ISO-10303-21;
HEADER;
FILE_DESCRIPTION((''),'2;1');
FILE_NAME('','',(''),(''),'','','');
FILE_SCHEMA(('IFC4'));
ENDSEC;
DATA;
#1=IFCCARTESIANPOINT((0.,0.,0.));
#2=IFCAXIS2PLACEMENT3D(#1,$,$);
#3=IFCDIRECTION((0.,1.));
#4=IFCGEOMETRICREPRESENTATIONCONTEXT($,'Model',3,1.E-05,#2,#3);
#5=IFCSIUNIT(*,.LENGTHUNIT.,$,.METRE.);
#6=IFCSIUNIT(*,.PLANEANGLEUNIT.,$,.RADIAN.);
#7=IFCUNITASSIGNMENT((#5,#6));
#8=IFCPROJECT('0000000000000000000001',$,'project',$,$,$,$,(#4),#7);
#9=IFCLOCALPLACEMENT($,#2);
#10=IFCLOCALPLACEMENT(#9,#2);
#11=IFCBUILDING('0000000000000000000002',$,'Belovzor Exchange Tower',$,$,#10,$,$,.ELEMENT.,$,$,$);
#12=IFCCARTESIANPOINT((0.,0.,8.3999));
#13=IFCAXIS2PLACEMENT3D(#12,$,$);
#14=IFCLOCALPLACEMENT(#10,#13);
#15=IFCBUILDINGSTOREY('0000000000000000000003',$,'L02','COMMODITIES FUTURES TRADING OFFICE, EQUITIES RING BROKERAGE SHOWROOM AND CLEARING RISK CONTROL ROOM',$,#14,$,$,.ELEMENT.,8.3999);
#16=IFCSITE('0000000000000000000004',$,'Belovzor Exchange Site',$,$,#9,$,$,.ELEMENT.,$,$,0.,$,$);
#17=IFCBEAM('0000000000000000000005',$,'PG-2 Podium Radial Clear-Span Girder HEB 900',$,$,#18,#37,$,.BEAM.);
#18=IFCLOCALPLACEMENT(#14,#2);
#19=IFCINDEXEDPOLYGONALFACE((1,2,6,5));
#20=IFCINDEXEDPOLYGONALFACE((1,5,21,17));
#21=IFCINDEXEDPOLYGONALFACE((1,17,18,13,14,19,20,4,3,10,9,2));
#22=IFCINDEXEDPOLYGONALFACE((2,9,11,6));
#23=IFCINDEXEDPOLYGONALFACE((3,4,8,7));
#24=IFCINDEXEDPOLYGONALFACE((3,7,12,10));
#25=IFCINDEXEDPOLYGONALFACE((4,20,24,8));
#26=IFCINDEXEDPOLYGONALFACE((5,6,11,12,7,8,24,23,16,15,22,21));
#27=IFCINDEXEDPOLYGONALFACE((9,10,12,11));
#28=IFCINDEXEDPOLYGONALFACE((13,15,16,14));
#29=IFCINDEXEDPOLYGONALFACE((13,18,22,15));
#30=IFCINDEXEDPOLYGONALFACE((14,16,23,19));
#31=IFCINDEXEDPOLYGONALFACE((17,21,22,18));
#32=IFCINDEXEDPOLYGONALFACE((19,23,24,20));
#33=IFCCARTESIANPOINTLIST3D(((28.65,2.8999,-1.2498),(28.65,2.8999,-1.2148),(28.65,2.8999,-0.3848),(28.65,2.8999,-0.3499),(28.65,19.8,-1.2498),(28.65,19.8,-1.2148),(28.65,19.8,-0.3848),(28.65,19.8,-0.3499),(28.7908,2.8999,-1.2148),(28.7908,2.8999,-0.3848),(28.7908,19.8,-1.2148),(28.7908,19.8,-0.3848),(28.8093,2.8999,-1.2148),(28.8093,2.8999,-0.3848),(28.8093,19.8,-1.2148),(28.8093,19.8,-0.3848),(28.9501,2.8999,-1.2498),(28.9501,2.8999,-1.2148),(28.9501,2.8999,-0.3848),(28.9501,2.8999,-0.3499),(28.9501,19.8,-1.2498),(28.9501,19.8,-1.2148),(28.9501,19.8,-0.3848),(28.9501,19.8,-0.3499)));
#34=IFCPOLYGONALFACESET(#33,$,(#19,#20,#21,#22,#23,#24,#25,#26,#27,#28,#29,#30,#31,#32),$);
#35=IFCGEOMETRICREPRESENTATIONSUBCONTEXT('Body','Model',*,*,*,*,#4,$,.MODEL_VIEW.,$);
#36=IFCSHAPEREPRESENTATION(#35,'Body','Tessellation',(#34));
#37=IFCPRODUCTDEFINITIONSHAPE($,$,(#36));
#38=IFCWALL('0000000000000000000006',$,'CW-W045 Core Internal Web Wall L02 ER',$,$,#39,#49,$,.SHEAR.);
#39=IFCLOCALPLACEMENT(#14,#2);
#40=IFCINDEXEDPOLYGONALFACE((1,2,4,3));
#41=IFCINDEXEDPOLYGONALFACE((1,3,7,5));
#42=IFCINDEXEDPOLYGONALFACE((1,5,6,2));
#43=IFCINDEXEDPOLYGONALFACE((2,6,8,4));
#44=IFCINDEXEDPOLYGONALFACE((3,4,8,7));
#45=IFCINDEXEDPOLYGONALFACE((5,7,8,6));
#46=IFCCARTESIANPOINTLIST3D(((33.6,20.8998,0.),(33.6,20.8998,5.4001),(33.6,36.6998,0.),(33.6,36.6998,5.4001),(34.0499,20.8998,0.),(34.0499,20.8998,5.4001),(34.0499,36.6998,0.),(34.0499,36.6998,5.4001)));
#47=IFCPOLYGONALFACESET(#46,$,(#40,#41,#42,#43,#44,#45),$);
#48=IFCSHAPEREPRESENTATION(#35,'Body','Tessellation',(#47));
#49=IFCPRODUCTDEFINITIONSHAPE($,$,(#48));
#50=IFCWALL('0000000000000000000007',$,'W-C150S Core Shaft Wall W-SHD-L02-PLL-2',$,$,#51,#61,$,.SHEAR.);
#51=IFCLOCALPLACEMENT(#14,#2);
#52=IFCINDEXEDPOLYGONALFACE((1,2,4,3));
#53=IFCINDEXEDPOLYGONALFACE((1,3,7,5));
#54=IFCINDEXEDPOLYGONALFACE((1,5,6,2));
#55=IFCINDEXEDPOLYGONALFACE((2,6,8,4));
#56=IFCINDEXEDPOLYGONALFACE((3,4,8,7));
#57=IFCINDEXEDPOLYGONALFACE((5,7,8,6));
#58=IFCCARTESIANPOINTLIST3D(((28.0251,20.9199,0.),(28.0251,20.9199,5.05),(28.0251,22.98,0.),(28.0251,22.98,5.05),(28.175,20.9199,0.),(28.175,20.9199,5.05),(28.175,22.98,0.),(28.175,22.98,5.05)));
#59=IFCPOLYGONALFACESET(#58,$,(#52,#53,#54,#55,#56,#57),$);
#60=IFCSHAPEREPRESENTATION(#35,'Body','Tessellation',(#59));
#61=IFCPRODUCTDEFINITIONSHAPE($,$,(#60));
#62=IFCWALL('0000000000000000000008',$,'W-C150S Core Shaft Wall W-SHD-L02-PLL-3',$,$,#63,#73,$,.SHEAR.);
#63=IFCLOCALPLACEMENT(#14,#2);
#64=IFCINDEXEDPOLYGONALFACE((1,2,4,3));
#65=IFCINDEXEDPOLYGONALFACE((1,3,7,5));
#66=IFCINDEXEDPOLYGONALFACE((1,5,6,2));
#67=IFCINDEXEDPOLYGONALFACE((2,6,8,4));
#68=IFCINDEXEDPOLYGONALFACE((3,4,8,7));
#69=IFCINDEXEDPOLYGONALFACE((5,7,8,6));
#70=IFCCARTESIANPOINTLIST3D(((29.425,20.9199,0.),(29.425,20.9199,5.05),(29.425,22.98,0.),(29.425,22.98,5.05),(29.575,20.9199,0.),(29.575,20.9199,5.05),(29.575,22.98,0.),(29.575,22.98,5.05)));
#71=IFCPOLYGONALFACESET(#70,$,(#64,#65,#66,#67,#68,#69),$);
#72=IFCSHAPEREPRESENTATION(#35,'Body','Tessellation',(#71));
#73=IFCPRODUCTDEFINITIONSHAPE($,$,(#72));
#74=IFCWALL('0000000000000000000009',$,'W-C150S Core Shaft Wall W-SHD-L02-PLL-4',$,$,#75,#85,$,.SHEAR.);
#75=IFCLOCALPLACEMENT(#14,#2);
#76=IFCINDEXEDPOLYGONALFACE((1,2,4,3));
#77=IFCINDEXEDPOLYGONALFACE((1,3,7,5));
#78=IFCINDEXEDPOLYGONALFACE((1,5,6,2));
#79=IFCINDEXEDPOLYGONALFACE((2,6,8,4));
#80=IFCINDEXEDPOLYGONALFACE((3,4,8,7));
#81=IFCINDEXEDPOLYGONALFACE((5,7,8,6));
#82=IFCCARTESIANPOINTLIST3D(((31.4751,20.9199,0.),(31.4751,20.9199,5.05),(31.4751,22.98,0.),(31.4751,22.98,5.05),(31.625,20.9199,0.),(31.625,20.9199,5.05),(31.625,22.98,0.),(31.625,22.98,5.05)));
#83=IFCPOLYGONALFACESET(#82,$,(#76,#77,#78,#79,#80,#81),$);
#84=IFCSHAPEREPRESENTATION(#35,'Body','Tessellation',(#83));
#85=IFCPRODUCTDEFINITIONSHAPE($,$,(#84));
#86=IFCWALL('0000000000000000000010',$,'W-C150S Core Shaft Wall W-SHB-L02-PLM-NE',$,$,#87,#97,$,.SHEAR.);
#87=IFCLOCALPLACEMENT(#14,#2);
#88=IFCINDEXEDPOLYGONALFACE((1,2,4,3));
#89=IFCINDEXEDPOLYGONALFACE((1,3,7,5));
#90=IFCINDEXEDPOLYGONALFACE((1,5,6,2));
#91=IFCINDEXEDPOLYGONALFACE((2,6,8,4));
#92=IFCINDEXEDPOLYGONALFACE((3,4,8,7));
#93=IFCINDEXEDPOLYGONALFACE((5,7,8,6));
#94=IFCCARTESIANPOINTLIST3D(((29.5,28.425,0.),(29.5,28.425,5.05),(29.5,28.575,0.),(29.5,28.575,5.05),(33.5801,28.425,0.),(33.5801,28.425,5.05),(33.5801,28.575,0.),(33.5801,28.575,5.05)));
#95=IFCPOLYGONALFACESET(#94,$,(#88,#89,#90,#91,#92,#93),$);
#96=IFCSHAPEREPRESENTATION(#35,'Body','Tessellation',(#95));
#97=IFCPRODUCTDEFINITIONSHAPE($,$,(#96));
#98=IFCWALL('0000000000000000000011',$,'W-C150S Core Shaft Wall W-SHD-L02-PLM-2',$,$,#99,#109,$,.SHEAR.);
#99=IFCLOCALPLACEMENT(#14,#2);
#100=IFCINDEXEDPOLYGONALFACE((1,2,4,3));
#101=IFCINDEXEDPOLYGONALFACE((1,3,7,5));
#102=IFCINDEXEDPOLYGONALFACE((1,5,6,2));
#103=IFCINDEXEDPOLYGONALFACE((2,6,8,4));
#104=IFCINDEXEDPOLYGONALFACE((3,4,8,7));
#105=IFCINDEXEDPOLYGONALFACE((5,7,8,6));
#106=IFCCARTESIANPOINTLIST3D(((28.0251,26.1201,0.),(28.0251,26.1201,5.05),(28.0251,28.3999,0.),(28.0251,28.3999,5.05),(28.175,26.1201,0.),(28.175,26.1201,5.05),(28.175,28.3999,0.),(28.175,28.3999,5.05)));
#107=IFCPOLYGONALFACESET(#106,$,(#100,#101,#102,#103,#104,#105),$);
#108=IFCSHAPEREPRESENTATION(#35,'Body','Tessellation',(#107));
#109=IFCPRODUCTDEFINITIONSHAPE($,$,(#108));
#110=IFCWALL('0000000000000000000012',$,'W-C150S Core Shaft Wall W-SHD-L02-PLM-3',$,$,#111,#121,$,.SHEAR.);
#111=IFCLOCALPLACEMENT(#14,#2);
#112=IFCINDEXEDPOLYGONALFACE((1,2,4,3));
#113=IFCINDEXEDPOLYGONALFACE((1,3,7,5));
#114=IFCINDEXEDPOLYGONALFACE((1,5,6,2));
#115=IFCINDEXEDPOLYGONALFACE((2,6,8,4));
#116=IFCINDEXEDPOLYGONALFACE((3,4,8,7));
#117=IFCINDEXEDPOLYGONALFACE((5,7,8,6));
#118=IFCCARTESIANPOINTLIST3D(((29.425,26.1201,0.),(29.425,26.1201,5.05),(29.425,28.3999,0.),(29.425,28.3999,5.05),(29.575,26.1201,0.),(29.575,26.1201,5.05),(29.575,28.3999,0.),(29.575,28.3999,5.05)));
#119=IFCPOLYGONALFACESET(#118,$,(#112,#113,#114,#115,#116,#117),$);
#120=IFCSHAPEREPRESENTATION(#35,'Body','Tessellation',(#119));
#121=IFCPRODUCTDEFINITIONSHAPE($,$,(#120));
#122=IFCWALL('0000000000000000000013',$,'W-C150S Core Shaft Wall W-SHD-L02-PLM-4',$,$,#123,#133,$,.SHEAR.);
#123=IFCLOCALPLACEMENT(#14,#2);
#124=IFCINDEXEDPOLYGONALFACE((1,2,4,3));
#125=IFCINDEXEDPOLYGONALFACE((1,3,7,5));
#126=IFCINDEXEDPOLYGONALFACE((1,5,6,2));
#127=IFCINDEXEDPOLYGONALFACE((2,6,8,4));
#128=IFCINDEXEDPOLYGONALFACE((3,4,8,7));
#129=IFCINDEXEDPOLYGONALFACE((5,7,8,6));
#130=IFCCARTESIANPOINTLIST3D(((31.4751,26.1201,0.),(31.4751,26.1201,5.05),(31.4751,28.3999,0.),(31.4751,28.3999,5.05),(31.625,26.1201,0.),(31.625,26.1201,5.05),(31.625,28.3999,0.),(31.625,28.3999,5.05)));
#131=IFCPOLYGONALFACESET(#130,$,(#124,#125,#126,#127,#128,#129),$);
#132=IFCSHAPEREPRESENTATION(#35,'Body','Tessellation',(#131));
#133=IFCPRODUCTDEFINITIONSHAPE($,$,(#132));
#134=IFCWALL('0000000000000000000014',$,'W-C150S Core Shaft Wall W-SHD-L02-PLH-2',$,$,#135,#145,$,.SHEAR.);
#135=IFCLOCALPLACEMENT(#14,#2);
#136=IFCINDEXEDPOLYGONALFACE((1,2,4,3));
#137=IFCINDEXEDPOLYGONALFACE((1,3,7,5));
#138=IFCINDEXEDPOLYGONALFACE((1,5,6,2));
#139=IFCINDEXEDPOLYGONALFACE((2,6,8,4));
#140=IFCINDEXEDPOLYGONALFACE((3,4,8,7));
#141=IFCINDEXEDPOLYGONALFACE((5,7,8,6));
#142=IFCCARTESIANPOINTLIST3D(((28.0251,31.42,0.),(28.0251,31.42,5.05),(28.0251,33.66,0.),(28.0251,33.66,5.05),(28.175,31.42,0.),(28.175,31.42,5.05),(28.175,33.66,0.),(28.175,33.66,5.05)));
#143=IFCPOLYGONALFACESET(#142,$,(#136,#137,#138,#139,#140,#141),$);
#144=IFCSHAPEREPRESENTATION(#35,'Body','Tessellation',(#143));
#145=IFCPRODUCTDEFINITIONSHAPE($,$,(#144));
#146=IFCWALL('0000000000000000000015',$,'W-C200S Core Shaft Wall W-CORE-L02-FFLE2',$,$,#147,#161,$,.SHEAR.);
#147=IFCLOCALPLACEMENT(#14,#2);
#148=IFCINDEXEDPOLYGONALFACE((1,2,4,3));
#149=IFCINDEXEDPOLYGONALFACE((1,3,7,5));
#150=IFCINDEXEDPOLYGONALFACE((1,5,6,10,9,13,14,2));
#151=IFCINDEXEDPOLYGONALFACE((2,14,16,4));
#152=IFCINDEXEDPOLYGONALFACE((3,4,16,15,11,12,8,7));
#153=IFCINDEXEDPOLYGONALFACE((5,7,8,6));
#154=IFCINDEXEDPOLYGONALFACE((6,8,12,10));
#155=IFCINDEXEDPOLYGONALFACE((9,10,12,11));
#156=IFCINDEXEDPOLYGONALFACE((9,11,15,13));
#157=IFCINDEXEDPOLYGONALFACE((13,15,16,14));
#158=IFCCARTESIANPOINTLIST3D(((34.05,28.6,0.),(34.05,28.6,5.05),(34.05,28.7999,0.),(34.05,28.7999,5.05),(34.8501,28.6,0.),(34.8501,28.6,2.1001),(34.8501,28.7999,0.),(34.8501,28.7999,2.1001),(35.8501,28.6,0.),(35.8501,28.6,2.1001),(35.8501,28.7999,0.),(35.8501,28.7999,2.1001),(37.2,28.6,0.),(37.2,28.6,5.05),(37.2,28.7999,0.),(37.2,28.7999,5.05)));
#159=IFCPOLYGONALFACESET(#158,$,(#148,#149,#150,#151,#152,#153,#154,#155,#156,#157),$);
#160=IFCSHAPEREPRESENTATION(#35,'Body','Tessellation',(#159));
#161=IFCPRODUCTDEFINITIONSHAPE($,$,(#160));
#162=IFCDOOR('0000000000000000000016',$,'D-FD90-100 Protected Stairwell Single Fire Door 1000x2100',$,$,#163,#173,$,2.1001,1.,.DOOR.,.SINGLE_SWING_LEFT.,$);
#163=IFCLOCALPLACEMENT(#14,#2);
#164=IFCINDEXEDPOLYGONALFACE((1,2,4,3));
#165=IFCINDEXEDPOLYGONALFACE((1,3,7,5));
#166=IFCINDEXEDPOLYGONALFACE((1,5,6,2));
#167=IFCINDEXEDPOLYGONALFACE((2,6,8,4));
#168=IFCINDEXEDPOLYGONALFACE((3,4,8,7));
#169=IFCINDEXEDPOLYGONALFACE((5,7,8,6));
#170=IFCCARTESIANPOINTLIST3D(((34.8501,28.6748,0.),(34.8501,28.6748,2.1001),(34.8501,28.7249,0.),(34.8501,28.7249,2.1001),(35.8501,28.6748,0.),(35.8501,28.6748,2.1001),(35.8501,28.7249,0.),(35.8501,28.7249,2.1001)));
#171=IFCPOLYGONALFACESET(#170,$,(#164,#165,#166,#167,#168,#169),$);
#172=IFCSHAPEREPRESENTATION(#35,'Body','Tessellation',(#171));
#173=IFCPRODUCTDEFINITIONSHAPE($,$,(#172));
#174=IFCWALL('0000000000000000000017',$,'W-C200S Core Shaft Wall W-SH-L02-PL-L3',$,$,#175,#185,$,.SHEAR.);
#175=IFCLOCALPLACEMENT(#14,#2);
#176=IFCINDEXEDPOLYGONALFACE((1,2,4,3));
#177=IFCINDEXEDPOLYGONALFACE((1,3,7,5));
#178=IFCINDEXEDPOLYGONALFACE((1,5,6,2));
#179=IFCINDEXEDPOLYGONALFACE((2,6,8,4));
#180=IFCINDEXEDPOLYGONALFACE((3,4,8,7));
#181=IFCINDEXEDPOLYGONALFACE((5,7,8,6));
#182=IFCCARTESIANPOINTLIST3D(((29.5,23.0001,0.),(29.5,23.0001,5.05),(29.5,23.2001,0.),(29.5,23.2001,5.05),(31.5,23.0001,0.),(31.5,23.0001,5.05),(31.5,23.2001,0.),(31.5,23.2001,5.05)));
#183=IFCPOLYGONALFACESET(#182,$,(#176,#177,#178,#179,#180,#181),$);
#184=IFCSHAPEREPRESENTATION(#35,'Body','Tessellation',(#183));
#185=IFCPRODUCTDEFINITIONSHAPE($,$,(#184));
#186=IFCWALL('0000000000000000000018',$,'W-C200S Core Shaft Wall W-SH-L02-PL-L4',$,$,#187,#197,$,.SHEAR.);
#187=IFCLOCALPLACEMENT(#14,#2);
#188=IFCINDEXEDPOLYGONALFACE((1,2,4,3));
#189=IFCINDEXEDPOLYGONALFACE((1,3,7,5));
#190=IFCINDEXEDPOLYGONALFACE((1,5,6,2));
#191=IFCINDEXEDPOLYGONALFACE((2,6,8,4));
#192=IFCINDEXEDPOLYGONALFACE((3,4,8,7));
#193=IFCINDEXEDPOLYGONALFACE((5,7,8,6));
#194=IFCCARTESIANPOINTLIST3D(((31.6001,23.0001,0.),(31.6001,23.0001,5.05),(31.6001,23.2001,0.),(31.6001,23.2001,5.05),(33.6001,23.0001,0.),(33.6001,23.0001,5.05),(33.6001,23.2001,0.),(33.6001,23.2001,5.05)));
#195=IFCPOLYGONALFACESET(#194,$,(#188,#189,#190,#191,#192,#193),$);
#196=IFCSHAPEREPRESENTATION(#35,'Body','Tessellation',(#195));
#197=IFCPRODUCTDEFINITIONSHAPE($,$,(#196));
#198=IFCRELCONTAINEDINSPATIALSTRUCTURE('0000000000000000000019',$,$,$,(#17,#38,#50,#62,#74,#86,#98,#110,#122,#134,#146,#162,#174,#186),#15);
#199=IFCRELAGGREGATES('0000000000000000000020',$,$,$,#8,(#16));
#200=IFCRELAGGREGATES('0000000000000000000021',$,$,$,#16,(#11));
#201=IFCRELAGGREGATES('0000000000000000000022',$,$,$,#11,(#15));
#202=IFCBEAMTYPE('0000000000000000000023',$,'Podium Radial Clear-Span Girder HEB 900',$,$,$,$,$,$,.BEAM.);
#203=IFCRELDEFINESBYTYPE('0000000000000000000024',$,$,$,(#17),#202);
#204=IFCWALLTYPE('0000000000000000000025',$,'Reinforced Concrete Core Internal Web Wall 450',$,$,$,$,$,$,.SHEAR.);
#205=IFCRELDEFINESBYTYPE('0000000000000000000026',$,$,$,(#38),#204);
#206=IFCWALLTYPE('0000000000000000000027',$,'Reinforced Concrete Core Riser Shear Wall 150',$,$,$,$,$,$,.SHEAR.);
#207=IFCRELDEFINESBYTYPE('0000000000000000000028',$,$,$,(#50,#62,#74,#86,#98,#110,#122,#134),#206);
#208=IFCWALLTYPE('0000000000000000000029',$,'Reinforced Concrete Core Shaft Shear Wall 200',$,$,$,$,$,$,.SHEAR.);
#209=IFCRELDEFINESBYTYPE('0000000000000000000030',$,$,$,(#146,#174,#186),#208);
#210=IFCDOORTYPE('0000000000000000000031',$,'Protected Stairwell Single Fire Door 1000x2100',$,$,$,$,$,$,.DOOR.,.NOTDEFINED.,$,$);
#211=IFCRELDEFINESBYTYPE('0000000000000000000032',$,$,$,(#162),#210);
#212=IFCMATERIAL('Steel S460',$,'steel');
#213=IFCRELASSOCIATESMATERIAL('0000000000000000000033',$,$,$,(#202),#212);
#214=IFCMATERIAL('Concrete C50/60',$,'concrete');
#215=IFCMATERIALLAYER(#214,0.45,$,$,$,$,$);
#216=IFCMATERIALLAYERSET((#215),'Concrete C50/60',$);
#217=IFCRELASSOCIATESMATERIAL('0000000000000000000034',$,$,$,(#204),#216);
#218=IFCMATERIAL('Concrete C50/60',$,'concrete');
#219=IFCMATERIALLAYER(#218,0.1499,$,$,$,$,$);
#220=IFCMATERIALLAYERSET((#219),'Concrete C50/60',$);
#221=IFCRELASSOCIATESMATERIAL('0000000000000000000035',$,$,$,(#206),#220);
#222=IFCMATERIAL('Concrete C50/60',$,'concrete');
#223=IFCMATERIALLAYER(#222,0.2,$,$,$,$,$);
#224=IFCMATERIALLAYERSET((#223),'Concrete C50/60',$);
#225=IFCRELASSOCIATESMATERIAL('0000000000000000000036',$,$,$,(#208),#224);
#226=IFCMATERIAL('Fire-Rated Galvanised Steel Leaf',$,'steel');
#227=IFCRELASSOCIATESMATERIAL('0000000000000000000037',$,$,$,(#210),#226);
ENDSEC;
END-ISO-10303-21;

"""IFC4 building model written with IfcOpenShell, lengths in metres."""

from ifc_helpers import new_model, si_unit, direction, frame, frame_2d, origin, origin_2d, place, context, subcontext, project, spatial, rectangle, i_section, extrude, material, layer, layer_set, material_profile, profile_set, type_object, element, fill, save


model = new_model("IFC4")

# Units and contexts
model_context = context("Model", 3, precision=1e-05, world=origin(), true_north=direction((0.0, 1.0)))
body_context = subcontext(model_context, "Body", "Model", "MODEL_VIEW")
ifc_project = project(units=[si_unit("LENGTHUNIT", "METRE"), si_unit("PLANEANGLEUNIT", "RADIAN")], contexts=[model_context])

# Site, building, storey
site_placement = place(None, origin())
site = spatial("IfcSite", under=ifc_project, at=site_placement, Name="Belovzor Exchange Site", CompositionType="ELEMENT", RefElevation=0.0)
building_placement = place(site_placement, origin())
building = spatial("IfcBuilding", under=site, at=building_placement, Name="Belovzor Exchange Tower", CompositionType="ELEMENT")
storey_placement = place(building_placement, frame((0.0, 0.0, 8.3999)))
storey = spatial("IfcBuildingStorey", under=building, at=storey_placement, Name="L02", Description="COMMODITIES FUTURES TRADING OFFICE, EQUITIES RING BROKERAGE SHOWROOM AND CLEARING RISK CONTROL ROOM", CompositionType="ELEMENT", Elevation=8.3999)

# Beam
ifc_material_1 = material(Name="Steel S460", Category="steel")
ifc_material_profile = material_profile(ifc_material_1, i_section(OverallWidth=0.3, OverallDepth=0.8999, WebThickness=0.0186, FlangeThickness=0.0349, at=origin_2d()))
ifc_profile_set = profile_set([ifc_material_profile], Name="Steel S460")
beam_type = type_object("IfcBeamType", Name="Podium Radial Clear-Span Girder HEB 900", PredefinedType="BEAM", material=ifc_profile_set)
beam_placement = place(storey_placement, frame((28.8, 19.8, -0.7998), z_axis=(0.0, -1.0, 0.0), x_axis=(1.0, 0.0, 0.0)))
element("IfcBeam", 1, at=beam_placement, inside=storey, type_object=beam_type, Name="PG-2 Podium Radial Clear-Span Girder HEB 900", PredefinedType="BEAM", context=body_context, shape_type="SweptSolid", body=[
    extrude(i_section(OverallWidth=0.3, OverallDepth=0.8999, WebThickness=0.0186, FlangeThickness=0.0349, at=origin_2d()), origin(), (0.0, 0.0, 1.0), 16.9001),
])

# Walls
ifc_material_2 = material(Name="Concrete C50/60", Category="concrete")
ifc_layer_1 = layer(ifc_material_2, 0.45)
ifc_layer_set_1 = layer_set([ifc_layer_1], Name="Concrete C50/60")
wall_type_1 = type_object("IfcWallType", Name="Reinforced Concrete Core Internal Web Wall 450", PredefinedType="SHEAR", material=ifc_layer_set_1)
wall_1_placement = place(storey_placement, frame((33.825, 20.8999, 0.0), z_axis=(0.0, 0.0, 1.0), x_axis=(0.0, 1.0, 0.0)))
element("IfcWall", 2, at=wall_1_placement, inside=storey, type_object=wall_type_1, Name="CW-W045 Core Internal Web Wall L02 ER", PredefinedType="SHEAR", context=body_context, shape_type="SweptSolid", body=[
    extrude(rectangle(XDim=15.8, YDim=0.45, at=frame_2d((7.8999, 0.0))), origin(), (0.0, 0.0, 1.0), 5.4001),
])
ifc_material_3 = material(Name="Concrete C50/60", Category="concrete")
ifc_layer_2 = layer(ifc_material_3, 0.1499)
ifc_layer_set_2 = layer_set([ifc_layer_2], Name="Concrete C50/60")
wall_type_2 = type_object("IfcWallType", Name="Reinforced Concrete Core Riser Shear Wall 150", PredefinedType="SHEAR", material=ifc_layer_set_2)
for number, where, z_axis, x_axis, name in (
    (3, (28.1001, 20.9199, 0.0), (0.0, 0.0, 1.0), (0.0, 1.0, 0.0), "W-C150S Core Shaft Wall W-SHD-L02-PLL-2"),
    (4, (29.5, 20.9199, 0.0), (0.0, 0.0, 1.0), (0.0, 1.0, 0.0), "W-C150S Core Shaft Wall W-SHD-L02-PLL-3"),
    (5, (31.55, 20.9199, 0.0), (0.0, 0.0, 1.0), (0.0, 1.0, 0.0), "W-C150S Core Shaft Wall W-SHD-L02-PLL-4"),
):
    element("IfcWall", number, at=place(storey_placement, frame(where, z_axis=z_axis, x_axis=x_axis)), inside=storey, type_object=wall_type_2, Name=name, PredefinedType="SHEAR", context=body_context, shape_type="SweptSolid", body=[
        extrude(rectangle(XDim=2.0601, YDim=0.1499, at=frame_2d((1.03, 0.0))), origin(), (0.0, 0.0, 1.0), 5.05),
    ])
wall_2_placement = place(storey_placement, frame((29.5, 28.5, 0.0), z_axis=(0.0, 0.0, 1.0), x_axis=(1.0, 0.0, 0.0)))
element("IfcWall", 6, at=wall_2_placement, inside=storey, type_object=wall_type_2, Name="W-C150S Core Shaft Wall W-SHB-L02-PLM-NE", PredefinedType="SHEAR", context=body_context, shape_type="SweptSolid", body=[
    extrude(rectangle(XDim=4.0801, YDim=0.1499, at=frame_2d((2.04, 0.0))), origin(), (0.0, 0.0, 1.0), 5.05),
])
for number, where, z_axis, x_axis, name in (
    (7, (28.1001, 26.1201, 0.0), (0.0, 0.0, 1.0), (0.0, 1.0, 0.0), "W-C150S Core Shaft Wall W-SHD-L02-PLM-2"),
    (8, (29.5, 26.1201, 0.0), (0.0, 0.0, 1.0), (0.0, 1.0, 0.0), "W-C150S Core Shaft Wall W-SHD-L02-PLM-3"),
    (9, (31.55, 26.1201, 0.0), (0.0, 0.0, 1.0), (0.0, 1.0, 0.0), "W-C150S Core Shaft Wall W-SHD-L02-PLM-4"),
):
    element("IfcWall", number, at=place(storey_placement, frame(where, z_axis=z_axis, x_axis=x_axis)), inside=storey, type_object=wall_type_2, Name=name, PredefinedType="SHEAR", context=body_context, shape_type="SweptSolid", body=[
        extrude(rectangle(XDim=2.2798, YDim=0.1499, at=frame_2d((1.1399, 0.0))), origin(), (0.0, 0.0, 1.0), 5.05),
    ])
wall_3_placement = place(storey_placement, frame((28.1001, 31.4199, 0.0), z_axis=(0.0, 0.0, 1.0), x_axis=(0.0, 1.0, 0.0)))
element("IfcWall", 10, at=wall_3_placement, inside=storey, type_object=wall_type_2, Name="W-C150S Core Shaft Wall W-SHD-L02-PLH-2", PredefinedType="SHEAR", context=body_context, shape_type="SweptSolid", body=[
    extrude(rectangle(XDim=2.24, YDim=0.1499, at=frame_2d((1.1201, 0.0))), origin(), (0.0, 0.0, 1.0), 5.05),
])

# Wall, opening, door
ifc_material_4 = material(Name="Concrete C50/60", Category="concrete")
ifc_layer_3 = layer(ifc_material_4, 0.2)
ifc_layer_set_3 = layer_set([ifc_layer_3], Name="Concrete C50/60")
wall_type_3 = type_object("IfcWallType", Name="Reinforced Concrete Core Shaft Shear Wall 200", PredefinedType="SHEAR", material=ifc_layer_set_3)
wall_4_placement = place(storey_placement, frame((34.05, 28.7, 0.0), z_axis=(0.0, 0.0, 1.0), x_axis=(1.0, 0.0, 0.0)))
wall_4 = element("IfcWall", 11, at=wall_4_placement, inside=storey, type_object=wall_type_3, Name="W-C200S Core Shaft Wall W-CORE-L02-FFLE2", PredefinedType="SHEAR", context=body_context, shape_type="SweptSolid", body=[
    extrude(rectangle(XDim=3.1499, YDim=0.2, at=frame_2d((1.575, 0.0))), origin(), (0.0, 0.0, 1.0), 5.05),
])
opening_1_placement = place(wall_4_placement, frame((0.8, 0.0, 0.0)))
opening_1 = element("IfcOpeningElement", 12, at=opening_1_placement, cuts=wall_4, PredefinedType="OPENING", context=body_context, shape_type="SweptSolid", body=[
    extrude(rectangle(XDim=1.0, YDim=2.1001, at=frame_2d((0.5, 1.05))), frame((0.0, 0.1099, 0.0), z_axis=(0.0, -1.0, 0.0), x_axis=(1.0, 0.0, 0.0)), (0.0, 0.0, 1.0), 0.22),
])
ifc_material_5 = material(Name="Fire-Rated Galvanised Steel Leaf", Category="steel")
door_type_1 = type_object("IfcDoorType", Name="Protected Stairwell Single Fire Door 1000x2100", OperationType="NOTDEFINED", PredefinedType="DOOR", material=ifc_material_5)
door_1_placement = place(opening_1_placement, origin())
door_1 = element("IfcDoor", 13, at=door_1_placement, inside=storey, type_object=door_type_1, Name="D-FD90-100 Protected Stairwell Single Fire Door 1000x2100", OperationType="SINGLE_SWING_LEFT", OverallHeight=2.1001, OverallWidth=1.0, PredefinedType="DOOR", context=body_context, shape_type="SweptSolid", body=[
    extrude(rectangle(XDim=1.0, YDim=2.1001, at=frame_2d((0.5, 1.05))), frame((0.0, 0.0249, 0.0), z_axis=(0.0, -1.0, 0.0), x_axis=(1.0, 0.0, 0.0)), (0.0, 0.0, 1.0), 0.05),
])
fill(opening_1, door_1)

# Walls
for number, where, z_axis, x_axis, name in (
    (14, (29.5, 23.1001, 0.0), (0.0, 0.0, 1.0), (1.0, 0.0, 0.0), "W-C200S Core Shaft Wall W-SH-L02-PL-L3"),
    (15, (31.6001, 23.1001, 0.0), (0.0, 0.0, 1.0), (1.0, 0.0, 0.0), "W-C200S Core Shaft Wall W-SH-L02-PL-L4"),
):
    element("IfcWall", number, at=place(storey_placement, frame(where, z_axis=z_axis, x_axis=x_axis)), inside=storey, type_object=wall_type_3, Name=name, PredefinedType="SHEAR", context=body_context, shape_type="SweptSolid", body=[
        extrude(rectangle(XDim=2.0, YDim=0.2, at=frame_2d((1.0, 0.0))), origin(), (0.0, 0.0, 1.0), 5.05),
    ])

save(model, "model.ifc")
